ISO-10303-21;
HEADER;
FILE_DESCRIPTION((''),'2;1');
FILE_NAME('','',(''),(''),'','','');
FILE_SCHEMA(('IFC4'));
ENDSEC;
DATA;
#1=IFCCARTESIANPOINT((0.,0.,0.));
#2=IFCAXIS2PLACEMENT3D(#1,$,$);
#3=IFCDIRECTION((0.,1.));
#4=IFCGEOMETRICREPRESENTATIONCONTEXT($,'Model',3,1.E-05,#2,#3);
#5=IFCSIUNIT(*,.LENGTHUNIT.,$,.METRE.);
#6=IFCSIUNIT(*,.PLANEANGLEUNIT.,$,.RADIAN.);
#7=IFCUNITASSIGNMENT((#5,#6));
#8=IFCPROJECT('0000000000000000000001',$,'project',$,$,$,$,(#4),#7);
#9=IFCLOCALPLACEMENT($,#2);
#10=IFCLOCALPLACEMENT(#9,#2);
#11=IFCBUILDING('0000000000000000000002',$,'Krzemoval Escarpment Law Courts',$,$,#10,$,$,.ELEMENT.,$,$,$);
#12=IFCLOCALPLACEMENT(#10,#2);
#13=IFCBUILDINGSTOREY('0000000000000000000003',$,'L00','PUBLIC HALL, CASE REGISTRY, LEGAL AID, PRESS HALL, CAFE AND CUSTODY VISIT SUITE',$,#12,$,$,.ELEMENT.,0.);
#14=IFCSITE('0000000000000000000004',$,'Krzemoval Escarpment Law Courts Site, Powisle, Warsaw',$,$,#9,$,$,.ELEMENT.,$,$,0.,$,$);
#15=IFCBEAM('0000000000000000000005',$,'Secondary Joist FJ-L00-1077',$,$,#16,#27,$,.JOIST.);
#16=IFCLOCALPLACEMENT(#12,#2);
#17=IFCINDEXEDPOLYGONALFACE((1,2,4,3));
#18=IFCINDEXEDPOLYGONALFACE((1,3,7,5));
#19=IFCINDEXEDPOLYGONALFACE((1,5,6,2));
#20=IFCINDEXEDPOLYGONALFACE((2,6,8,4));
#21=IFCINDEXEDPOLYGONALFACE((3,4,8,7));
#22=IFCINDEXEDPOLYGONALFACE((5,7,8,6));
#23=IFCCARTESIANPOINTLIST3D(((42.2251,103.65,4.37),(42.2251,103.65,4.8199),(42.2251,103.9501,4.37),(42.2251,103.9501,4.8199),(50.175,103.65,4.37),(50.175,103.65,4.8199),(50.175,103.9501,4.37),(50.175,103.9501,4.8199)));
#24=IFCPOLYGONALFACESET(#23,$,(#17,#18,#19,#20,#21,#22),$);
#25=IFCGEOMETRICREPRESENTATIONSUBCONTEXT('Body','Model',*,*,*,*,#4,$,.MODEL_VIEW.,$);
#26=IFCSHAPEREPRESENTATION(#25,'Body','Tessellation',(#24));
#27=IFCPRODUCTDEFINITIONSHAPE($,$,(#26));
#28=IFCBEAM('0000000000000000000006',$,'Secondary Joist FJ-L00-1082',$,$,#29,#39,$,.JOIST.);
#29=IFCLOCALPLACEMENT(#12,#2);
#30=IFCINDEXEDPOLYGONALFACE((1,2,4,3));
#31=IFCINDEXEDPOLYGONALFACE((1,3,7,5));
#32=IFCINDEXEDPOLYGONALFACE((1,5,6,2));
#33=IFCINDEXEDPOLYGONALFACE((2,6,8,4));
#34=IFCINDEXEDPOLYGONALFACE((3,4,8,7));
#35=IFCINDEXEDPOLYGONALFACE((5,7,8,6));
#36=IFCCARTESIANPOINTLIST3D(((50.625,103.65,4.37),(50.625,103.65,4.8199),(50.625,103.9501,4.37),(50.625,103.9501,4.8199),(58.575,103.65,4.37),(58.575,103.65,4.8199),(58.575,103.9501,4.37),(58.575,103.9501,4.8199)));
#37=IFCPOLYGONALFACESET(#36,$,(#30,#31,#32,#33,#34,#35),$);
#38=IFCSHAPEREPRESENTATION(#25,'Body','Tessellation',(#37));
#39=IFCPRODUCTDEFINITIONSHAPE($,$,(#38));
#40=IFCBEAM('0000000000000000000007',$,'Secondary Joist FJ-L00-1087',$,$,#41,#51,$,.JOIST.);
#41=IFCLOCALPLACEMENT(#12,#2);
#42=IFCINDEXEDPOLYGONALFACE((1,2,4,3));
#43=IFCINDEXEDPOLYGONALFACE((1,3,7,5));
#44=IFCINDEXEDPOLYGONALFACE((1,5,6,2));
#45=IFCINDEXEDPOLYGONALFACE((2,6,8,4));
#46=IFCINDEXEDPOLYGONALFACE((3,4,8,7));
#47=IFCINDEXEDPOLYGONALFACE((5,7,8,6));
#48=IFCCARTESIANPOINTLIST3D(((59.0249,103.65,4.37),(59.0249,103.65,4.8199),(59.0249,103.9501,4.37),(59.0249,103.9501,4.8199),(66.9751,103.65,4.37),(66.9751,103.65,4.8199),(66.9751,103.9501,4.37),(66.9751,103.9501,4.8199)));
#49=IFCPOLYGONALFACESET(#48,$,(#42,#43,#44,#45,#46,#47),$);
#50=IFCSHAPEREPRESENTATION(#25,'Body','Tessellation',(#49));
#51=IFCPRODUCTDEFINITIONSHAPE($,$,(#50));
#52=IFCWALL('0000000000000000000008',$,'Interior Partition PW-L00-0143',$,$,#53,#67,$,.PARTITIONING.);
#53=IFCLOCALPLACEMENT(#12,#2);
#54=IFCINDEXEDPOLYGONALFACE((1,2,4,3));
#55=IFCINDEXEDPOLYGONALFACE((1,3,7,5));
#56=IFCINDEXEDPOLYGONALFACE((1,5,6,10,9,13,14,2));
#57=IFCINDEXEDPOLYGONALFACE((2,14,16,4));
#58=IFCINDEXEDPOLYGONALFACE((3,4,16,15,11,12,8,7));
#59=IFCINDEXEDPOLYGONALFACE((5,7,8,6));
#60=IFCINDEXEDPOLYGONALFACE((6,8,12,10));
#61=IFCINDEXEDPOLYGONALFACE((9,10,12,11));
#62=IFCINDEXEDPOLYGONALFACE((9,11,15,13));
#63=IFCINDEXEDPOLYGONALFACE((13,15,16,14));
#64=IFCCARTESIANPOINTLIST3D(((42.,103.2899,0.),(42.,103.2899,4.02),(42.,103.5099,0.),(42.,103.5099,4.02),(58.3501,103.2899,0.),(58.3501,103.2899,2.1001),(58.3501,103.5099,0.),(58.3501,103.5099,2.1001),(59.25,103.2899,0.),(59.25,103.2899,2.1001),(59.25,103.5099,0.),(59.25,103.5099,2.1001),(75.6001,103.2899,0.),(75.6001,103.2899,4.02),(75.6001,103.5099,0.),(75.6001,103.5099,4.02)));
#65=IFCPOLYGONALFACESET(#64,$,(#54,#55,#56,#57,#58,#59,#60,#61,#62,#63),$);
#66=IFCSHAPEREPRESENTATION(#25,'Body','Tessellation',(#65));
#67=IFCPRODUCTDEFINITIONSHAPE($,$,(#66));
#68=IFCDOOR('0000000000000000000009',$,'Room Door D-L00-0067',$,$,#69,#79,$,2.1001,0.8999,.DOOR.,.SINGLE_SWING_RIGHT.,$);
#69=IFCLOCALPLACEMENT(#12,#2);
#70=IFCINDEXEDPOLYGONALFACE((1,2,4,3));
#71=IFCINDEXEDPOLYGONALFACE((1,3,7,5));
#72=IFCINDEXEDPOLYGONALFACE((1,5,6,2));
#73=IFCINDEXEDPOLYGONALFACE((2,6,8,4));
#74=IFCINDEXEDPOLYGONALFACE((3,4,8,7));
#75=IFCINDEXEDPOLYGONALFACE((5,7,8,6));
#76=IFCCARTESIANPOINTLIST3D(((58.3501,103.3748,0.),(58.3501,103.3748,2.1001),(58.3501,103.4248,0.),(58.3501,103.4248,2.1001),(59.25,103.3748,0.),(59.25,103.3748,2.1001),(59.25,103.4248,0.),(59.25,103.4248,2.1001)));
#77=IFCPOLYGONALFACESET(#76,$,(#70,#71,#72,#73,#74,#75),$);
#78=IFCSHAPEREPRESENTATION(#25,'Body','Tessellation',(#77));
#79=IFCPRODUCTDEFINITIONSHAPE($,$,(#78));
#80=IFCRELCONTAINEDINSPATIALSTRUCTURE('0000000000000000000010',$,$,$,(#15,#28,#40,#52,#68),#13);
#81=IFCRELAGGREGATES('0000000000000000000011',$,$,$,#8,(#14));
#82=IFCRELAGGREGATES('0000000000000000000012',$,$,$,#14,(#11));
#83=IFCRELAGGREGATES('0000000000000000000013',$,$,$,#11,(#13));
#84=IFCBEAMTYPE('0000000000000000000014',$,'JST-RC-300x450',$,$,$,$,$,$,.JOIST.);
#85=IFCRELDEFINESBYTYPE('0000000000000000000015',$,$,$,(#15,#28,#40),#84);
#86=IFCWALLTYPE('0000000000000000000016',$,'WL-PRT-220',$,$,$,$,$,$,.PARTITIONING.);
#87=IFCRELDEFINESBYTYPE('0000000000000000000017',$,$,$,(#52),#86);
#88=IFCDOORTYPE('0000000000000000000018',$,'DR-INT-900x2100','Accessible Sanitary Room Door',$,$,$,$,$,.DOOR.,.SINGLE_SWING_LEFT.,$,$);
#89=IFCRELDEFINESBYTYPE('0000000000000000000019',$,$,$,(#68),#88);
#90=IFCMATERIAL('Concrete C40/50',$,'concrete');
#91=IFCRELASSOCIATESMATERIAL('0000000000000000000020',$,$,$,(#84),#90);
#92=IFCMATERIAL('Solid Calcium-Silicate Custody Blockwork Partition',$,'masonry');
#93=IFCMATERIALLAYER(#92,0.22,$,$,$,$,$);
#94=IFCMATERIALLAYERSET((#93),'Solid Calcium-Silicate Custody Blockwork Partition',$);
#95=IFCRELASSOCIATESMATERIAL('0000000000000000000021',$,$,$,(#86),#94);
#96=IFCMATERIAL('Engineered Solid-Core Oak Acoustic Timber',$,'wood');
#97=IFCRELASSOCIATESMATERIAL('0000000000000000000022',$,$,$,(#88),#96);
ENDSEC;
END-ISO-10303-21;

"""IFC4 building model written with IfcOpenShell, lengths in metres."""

from ifc_helpers import new_model, si_unit, direction, frame, frame_2d, origin, origin_2d, place, context, subcontext, project, spatial, rectangle, extrude, material, layer, layer_set, material_profile, profile_set, type_object, element, fill, save


model = new_model("IFC4")

# Units and contexts
model_context = context("Model", 3, precision=1e-05, world=origin(), true_north=direction((0.0, 1.0)))
body_context = subcontext(model_context, "Body", "Model", "MODEL_VIEW")
ifc_project = project(units=[si_unit("LENGTHUNIT", "METRE"), si_unit("PLANEANGLEUNIT", "RADIAN")], contexts=[model_context])

# Site, building, storey
site_placement = place(None, origin())
site = spatial("IfcSite", under=ifc_project, at=site_placement, Name="Krzemoval Escarpment Law Courts Site, Powisle, Warsaw", CompositionType="ELEMENT", RefElevation=0.0)
building_placement = place(site_placement, origin())
building = spatial("IfcBuilding", under=site, at=building_placement, Name="Krzemoval Escarpment Law Courts", CompositionType="ELEMENT")
storey_placement = place(building_placement, origin())
storey = spatial("IfcBuildingStorey", under=building, at=storey_placement, Name="L00", Description="PUBLIC HALL, CASE REGISTRY, LEGAL AID, PRESS HALL, CAFE AND CUSTODY VISIT SUITE", CompositionType="ELEMENT", Elevation=0.0)

# Beams
ifc_material_1 = material(Name="Concrete C40/50", Category="concrete")
ifc_material_profile_1 = material_profile(ifc_material_1, rectangle(XDim=0.3, YDim=0.45, at=origin_2d()), Name="RCB 300x450")
ifc_profile_set_1 = profile_set([ifc_material_profile_1], Name="Concrete C40/50")
beam_type_1 = type_object("IfcBeamType", Name="JST-RC-300x450", PredefinedType="JOIST", material=ifc_profile_set_1)
for number, where, z_axis, x_axis, name in (
    (1, (42.2251, 103.8, 4.595), (1.0, 0.0, 0.0), (0.0, 1.0, 0.0), "Secondary Joist FJ-L00-1077"),
    (2, (50.625, 103.8, 4.595), (1.0, 0.0, 0.0), (0.0, 1.0, 0.0), "Secondary Joist FJ-L00-1082"),
):
    element("IfcBeam", number, at=place(storey_placement, frame(where, z_axis=z_axis, x_axis=x_axis)), inside=storey, type_object=beam_type_1, Name=name, PredefinedType="JOIST", context=body_context, shape_type="SweptSolid", body=[
        extrude(rectangle(XDim=0.3, YDim=0.45, at=origin_2d()), origin(), (0.0, 0.0, 1.0), 7.95),
    ])
beam_placement = place(storey_placement, frame((59.0249, 103.8, 4.595), z_axis=(1.0, 0.0, 0.0), x_axis=(0.0, 1.0, 0.0)))
element("IfcBeam", 3, at=beam_placement, inside=storey, type_object=beam_type_1, Name="Secondary Joist FJ-L00-1087", PredefinedType="JOIST", context=body_context, shape_type="SweptSolid", body=[
    extrude(rectangle(XDim=0.3, YDim=0.45, at=origin_2d()), origin(), (0.0, 0.0, 1.0), 7.9502),
])

# Wall, opening, door
ifc_material_2 = material(Name="Solid Calcium-Silicate Custody Blockwork Partition", Category="masonry")
ifc_layer_1 = layer(ifc_material_2, 0.22)
ifc_layer_set_1 = layer_set([ifc_layer_1], Name="Solid Calcium-Silicate Custody Blockwork Partition")
wall_type_1 = type_object("IfcWallType", Name="WL-PRT-220", PredefinedType="PARTITIONING", material=ifc_layer_set_1)
wall_1_placement = place(storey_placement, frame((42.0, 103.3999, 0.0), z_axis=(0.0, 0.0, 1.0), x_axis=(1.0, 0.0, 0.0)))
wall_1 = element("IfcWall", 4, at=wall_1_placement, inside=storey, type_object=wall_type_1, Name="Interior Partition PW-L00-0143", PredefinedType="PARTITIONING", context=body_context, shape_type="SweptSolid", body=[
    extrude(rectangle(XDim=33.6001, YDim=0.22, at=frame_2d((16.8, 0.0))), origin(), (0.0, 0.0, 1.0), 4.02),
])
opening_placement = place(wall_1_placement, frame((16.3501, 0.0, 0.0)))
opening = element("IfcOpeningElement", 5, at=opening_placement, cuts=wall_1, PredefinedType="OPENING", context=body_context, shape_type="SweptSolid", body=[
    extrude(rectangle(XDim=0.8999, YDim=2.1001, at=frame_2d((0.45, 1.05))), frame((0.0, 0.125, 0.0), z_axis=(0.0, -1.0, 0.0), x_axis=(1.0, 0.0, 0.0)), (0.0, 0.0, 1.0), 0.25),
])
ifc_material_3 = material(Name="Engineered Solid-Core Oak Acoustic Timber", Category="wood")
door_type = type_object("IfcDoorType", Name="DR-INT-900x2100", Description="Accessible Sanitary Room Door", OperationType="SINGLE_SWING_LEFT", PredefinedType="DOOR", material=ifc_material_3)
door_placement = place(opening_placement, origin())
door = element("IfcDoor", 6, at=door_placement, inside=storey, type_object=door_type, Name="Room Door D-L00-0067", OperationType="SINGLE_SWING_RIGHT", OverallHeight=2.1001, OverallWidth=0.8999, PredefinedType="DOOR", context=body_context, shape_type="SweptSolid", body=[
    extrude(rectangle(XDim=0.8999, YDim=2.1001, at=frame_2d((0.45, 1.05))), frame((0.0, 0.0249, 0.0), z_axis=(0.0, -1.0, 0.0), x_axis=(1.0, 0.0, 0.0)), (0.0, 0.0, 1.0), 0.05),
])
fill(opening, door)

save(model, "model.ifc")
